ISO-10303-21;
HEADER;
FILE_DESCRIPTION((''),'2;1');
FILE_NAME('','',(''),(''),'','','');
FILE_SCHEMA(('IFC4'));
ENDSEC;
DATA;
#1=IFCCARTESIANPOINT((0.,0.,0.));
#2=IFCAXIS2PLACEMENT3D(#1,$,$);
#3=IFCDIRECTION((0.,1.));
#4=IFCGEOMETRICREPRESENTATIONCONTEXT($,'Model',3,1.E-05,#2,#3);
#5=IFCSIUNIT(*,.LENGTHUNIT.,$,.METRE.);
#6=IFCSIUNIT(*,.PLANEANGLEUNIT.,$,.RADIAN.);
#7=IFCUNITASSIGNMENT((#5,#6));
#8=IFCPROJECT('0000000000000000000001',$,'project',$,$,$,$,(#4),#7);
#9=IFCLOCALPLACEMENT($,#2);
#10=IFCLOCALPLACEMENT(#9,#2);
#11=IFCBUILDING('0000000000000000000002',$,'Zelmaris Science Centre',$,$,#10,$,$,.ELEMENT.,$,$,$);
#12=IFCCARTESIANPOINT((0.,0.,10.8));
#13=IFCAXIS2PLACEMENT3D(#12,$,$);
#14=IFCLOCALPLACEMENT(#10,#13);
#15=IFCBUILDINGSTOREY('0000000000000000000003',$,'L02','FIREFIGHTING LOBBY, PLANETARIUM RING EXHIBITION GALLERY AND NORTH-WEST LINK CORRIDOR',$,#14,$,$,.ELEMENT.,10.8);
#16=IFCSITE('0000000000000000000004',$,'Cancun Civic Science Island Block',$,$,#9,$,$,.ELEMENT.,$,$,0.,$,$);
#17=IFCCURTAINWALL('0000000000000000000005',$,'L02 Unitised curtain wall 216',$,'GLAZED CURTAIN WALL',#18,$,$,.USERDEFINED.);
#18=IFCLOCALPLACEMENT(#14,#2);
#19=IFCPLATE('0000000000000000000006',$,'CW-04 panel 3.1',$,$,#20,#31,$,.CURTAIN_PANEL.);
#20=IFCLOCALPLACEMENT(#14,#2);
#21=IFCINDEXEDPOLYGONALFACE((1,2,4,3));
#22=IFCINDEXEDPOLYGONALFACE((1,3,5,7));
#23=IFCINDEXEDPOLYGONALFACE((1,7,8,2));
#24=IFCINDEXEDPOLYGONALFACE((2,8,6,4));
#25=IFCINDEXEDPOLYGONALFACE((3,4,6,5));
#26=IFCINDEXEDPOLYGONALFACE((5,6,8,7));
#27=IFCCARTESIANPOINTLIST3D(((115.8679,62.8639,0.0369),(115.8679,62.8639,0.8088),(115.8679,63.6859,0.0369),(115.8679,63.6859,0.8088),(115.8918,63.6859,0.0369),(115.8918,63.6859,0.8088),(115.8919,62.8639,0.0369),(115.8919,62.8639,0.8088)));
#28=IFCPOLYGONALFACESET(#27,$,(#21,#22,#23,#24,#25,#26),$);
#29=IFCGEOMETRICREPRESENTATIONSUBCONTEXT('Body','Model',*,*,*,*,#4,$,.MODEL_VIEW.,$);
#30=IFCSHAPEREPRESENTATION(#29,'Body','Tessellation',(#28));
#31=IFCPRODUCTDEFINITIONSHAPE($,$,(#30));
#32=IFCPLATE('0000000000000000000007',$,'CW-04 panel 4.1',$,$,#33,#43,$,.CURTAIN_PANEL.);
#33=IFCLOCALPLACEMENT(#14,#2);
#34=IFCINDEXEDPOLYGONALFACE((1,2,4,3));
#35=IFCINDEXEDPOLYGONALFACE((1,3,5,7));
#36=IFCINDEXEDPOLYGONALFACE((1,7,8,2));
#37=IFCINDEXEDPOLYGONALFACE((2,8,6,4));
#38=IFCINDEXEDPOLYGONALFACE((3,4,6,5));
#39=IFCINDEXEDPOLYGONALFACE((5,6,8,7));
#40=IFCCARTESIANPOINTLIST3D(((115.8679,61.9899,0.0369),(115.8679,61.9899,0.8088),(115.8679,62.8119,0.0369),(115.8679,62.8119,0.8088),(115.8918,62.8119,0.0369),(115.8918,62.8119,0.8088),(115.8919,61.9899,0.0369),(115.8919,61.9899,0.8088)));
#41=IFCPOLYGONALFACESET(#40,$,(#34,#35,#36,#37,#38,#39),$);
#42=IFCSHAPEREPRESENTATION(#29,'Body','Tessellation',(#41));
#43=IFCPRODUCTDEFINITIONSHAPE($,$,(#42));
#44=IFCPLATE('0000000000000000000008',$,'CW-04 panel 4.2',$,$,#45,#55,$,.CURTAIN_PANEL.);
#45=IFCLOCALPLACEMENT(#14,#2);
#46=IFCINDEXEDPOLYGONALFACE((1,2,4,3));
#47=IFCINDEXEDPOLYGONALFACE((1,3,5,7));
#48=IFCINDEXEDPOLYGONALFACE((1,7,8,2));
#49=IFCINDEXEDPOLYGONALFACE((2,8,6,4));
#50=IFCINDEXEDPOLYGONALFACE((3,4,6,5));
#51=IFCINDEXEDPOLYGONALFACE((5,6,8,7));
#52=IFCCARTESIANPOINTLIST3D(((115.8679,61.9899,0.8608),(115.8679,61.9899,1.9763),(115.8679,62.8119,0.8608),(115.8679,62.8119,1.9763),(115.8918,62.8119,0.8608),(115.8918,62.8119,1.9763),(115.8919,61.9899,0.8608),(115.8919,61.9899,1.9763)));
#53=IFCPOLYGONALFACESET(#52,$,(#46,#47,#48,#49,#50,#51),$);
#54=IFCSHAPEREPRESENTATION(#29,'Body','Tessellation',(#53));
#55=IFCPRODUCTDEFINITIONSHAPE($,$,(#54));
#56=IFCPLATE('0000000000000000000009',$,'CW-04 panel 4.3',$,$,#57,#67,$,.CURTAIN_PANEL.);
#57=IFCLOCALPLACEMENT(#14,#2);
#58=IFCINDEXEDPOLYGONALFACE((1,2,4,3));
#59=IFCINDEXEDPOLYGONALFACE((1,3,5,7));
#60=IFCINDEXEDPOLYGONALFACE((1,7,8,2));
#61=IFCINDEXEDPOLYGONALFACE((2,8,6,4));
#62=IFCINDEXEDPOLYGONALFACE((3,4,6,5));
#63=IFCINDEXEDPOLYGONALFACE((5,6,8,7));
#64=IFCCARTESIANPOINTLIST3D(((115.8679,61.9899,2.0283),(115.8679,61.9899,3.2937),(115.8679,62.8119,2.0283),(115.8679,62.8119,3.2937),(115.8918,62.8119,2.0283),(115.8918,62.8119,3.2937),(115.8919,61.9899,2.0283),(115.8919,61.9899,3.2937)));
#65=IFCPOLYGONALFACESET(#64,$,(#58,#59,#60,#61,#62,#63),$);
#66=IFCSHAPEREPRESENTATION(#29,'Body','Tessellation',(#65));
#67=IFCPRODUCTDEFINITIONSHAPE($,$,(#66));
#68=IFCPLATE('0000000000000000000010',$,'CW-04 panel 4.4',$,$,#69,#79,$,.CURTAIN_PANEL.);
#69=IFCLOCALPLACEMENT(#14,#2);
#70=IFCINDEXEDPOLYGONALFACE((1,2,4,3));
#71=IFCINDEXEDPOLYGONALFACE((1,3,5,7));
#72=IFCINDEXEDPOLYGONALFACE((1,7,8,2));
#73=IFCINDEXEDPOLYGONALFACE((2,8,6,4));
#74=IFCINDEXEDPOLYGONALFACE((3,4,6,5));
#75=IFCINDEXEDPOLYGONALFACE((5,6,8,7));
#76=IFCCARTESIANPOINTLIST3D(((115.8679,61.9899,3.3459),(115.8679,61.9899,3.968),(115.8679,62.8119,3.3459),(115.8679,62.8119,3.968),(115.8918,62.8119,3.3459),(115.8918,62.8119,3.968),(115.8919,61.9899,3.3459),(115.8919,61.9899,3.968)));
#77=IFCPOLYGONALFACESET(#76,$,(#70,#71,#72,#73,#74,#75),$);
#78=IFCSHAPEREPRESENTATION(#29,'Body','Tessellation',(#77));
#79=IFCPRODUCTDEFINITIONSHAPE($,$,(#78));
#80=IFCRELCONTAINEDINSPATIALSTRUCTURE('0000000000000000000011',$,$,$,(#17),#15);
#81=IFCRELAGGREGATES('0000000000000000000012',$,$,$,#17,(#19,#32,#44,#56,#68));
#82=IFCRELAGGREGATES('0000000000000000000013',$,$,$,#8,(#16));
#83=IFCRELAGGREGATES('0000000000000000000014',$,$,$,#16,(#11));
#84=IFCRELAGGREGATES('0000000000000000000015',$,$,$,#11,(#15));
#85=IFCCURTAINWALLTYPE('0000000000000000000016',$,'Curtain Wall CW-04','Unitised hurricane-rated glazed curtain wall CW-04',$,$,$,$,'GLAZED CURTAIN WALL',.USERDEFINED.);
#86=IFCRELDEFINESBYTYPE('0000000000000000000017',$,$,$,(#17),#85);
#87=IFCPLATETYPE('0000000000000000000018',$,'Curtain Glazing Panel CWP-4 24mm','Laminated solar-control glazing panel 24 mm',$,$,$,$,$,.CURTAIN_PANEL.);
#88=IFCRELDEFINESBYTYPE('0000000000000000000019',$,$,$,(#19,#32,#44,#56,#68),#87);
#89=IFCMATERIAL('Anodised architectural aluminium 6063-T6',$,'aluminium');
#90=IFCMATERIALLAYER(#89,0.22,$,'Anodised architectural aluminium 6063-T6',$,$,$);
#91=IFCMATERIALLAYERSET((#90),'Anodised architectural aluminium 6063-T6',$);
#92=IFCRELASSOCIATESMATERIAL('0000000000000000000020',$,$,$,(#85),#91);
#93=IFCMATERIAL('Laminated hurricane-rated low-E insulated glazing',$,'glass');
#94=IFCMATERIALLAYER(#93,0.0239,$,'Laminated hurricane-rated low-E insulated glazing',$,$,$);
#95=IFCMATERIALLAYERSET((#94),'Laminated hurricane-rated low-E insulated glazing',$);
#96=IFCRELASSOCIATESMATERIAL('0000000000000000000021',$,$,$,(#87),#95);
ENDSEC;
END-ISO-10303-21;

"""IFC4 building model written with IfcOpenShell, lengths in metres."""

from ifc_helpers import new_model, si_unit, direction, frame, origin, origin_2d, place, context, subcontext, project, spatial, rectangle, extrude, material, layer, layer_set, type_object, element, aggregate, save


model = new_model("IFC4")

# Units and contexts
model_context = context("Model", 3, precision=1e-05, world=origin(), true_north=direction((0.0, 1.0)))
body_context = subcontext(model_context, "Body", "Model", "MODEL_VIEW")
ifc_project = project(units=[si_unit("LENGTHUNIT", "METRE"), si_unit("PLANEANGLEUNIT", "RADIAN")], contexts=[model_context])

# Site, building, storey
site_placement = place(None, origin())
site = spatial("IfcSite", under=ifc_project, at=site_placement, Name="Cancun Civic Science Island Block", CompositionType="ELEMENT", RefElevation=0.0)
building_placement = place(site_placement, origin())
building = spatial("IfcBuilding", under=site, at=building_placement, Name="Zelmaris Science Centre", CompositionType="ELEMENT")
storey_placement = place(building_placement, frame((0.0, 0.0, 10.8)))
storey = spatial("IfcBuildingStorey", under=building, at=storey_placement, Name="L02", Description="FIREFIGHTING LOBBY, PLANETARIUM RING EXHIBITION GALLERY AND NORTH-WEST LINK CORRIDOR", CompositionType="ELEMENT", Elevation=10.8)

# Curtain wall
ifc_material_1 = material(Name="Anodised architectural aluminium 6063-T6", Category="aluminium")
ifc_layer_1 = layer(ifc_material_1, 0.22, Name="Anodised architectural aluminium 6063-T6")
ifc_layer_set_1 = layer_set([ifc_layer_1], Name="Anodised architectural aluminium 6063-T6")
curtain_wall_type = type_object("IfcCurtainWallType", Name="Curtain Wall CW-04", Description="Unitised hurricane-rated glazed curtain wall CW-04", ElementType="GLAZED CURTAIN WALL", PredefinedType="USERDEFINED", material=ifc_layer_set_1)
curtain_wall_placement = place(storey_placement, origin())
curtain_wall = element("IfcCurtainWall", 1, at=curtain_wall_placement, inside=storey, type_object=curtain_wall_type, Name="L02 Unitised curtain wall 216", ObjectType="GLAZED CURTAIN WALL", PredefinedType="USERDEFINED")

# Plates
ifc_material_2 = material(Name="Laminated hurricane-rated low-E insulated glazing", Category="glass")
ifc_layer_2 = layer(ifc_material_2, 0.0239, Name="Laminated hurricane-rated low-E insulated glazing")
ifc_layer_set_2 = layer_set([ifc_layer_2], Name="Laminated hurricane-rated low-E insulated glazing")
plate_type = type_object("IfcPlateType", Name="Curtain Glazing Panel CWP-4 24mm", Description="Laminated solar-control glazing panel 24 mm", PredefinedType="CURTAIN_PANEL", material=ifc_layer_set_2)
plate_1_placement = place(storey_placement, frame((115.8799, 63.2749, 0.0369), z_axis=(0.0, 0.0, 1.0), x_axis=(0.000023, -1.0, 0.0)))
plate_1 = element("IfcPlate", 2, at=plate_1_placement, type_object=plate_type, Name="CW-04 panel 3.1", PredefinedType="CURTAIN_PANEL", context=body_context, shape_type="SweptSolid", body=[
    extrude(rectangle(XDim=0.822, YDim=0.0239, at=origin_2d()), origin(), (0.0, 0.0, 1.0), 0.772),
])
plate_2_placement = place(storey_placement, frame((115.8799, 62.4009, 0.0369), z_axis=(0.0, 0.0, 1.0), x_axis=(0.000023, -1.0, 0.0)))
plate_2 = element("IfcPlate", 3, at=plate_2_placement, type_object=plate_type, Name="CW-04 panel 4.1", PredefinedType="CURTAIN_PANEL", context=body_context, shape_type="SweptSolid", body=[
    extrude(rectangle(XDim=0.822, YDim=0.0239, at=origin_2d()), origin(), (0.0, 0.0, 1.0), 0.772),
])
plate_3_placement = place(storey_placement, frame((115.8799, 62.4009, 0.8608), z_axis=(0.0, 0.0, 1.0), x_axis=(0.000023, -1.0, 0.0)))
plate_3 = element("IfcPlate", 4, at=plate_3_placement, type_object=plate_type, Name="CW-04 panel 4.2", PredefinedType="CURTAIN_PANEL", context=body_context, shape_type="SweptSolid", body=[
    extrude(rectangle(XDim=0.822, YDim=0.0239, at=origin_2d()), origin(), (0.0, 0.0, 1.0), 1.1155),
])
plate_4_placement = place(storey_placement, frame((115.8799, 62.4009, 2.0283), z_axis=(0.0, 0.0, 1.0), x_axis=(0.000023, -1.0, 0.0)))
plate_4 = element("IfcPlate", 5, at=plate_4_placement, type_object=plate_type, Name="CW-04 panel 4.3", PredefinedType="CURTAIN_PANEL", context=body_context, shape_type="SweptSolid", body=[
    extrude(rectangle(XDim=0.822, YDim=0.0239, at=origin_2d()), origin(), (0.0, 0.0, 1.0), 1.2654),
])
plate_5_placement = place(storey_placement, frame((115.8799, 62.4009, 3.3459), z_axis=(0.0, 0.0, 1.0), x_axis=(0.000023, -1.0, 0.0)))
plate_5 = element("IfcPlate", 6, at=plate_5_placement, type_object=plate_type, Name="CW-04 panel 4.4", PredefinedType="CURTAIN_PANEL", context=body_context, shape_type="SweptSolid", body=[
    extrude(rectangle(XDim=0.822, YDim=0.0239, at=origin_2d()), origin(), (0.0, 0.0, 1.0), 0.6221),
])
aggregate(curtain_wall, [plate_1, plate_2, plate_3, plate_4, plate_5])

save(model, "model.ifc")
